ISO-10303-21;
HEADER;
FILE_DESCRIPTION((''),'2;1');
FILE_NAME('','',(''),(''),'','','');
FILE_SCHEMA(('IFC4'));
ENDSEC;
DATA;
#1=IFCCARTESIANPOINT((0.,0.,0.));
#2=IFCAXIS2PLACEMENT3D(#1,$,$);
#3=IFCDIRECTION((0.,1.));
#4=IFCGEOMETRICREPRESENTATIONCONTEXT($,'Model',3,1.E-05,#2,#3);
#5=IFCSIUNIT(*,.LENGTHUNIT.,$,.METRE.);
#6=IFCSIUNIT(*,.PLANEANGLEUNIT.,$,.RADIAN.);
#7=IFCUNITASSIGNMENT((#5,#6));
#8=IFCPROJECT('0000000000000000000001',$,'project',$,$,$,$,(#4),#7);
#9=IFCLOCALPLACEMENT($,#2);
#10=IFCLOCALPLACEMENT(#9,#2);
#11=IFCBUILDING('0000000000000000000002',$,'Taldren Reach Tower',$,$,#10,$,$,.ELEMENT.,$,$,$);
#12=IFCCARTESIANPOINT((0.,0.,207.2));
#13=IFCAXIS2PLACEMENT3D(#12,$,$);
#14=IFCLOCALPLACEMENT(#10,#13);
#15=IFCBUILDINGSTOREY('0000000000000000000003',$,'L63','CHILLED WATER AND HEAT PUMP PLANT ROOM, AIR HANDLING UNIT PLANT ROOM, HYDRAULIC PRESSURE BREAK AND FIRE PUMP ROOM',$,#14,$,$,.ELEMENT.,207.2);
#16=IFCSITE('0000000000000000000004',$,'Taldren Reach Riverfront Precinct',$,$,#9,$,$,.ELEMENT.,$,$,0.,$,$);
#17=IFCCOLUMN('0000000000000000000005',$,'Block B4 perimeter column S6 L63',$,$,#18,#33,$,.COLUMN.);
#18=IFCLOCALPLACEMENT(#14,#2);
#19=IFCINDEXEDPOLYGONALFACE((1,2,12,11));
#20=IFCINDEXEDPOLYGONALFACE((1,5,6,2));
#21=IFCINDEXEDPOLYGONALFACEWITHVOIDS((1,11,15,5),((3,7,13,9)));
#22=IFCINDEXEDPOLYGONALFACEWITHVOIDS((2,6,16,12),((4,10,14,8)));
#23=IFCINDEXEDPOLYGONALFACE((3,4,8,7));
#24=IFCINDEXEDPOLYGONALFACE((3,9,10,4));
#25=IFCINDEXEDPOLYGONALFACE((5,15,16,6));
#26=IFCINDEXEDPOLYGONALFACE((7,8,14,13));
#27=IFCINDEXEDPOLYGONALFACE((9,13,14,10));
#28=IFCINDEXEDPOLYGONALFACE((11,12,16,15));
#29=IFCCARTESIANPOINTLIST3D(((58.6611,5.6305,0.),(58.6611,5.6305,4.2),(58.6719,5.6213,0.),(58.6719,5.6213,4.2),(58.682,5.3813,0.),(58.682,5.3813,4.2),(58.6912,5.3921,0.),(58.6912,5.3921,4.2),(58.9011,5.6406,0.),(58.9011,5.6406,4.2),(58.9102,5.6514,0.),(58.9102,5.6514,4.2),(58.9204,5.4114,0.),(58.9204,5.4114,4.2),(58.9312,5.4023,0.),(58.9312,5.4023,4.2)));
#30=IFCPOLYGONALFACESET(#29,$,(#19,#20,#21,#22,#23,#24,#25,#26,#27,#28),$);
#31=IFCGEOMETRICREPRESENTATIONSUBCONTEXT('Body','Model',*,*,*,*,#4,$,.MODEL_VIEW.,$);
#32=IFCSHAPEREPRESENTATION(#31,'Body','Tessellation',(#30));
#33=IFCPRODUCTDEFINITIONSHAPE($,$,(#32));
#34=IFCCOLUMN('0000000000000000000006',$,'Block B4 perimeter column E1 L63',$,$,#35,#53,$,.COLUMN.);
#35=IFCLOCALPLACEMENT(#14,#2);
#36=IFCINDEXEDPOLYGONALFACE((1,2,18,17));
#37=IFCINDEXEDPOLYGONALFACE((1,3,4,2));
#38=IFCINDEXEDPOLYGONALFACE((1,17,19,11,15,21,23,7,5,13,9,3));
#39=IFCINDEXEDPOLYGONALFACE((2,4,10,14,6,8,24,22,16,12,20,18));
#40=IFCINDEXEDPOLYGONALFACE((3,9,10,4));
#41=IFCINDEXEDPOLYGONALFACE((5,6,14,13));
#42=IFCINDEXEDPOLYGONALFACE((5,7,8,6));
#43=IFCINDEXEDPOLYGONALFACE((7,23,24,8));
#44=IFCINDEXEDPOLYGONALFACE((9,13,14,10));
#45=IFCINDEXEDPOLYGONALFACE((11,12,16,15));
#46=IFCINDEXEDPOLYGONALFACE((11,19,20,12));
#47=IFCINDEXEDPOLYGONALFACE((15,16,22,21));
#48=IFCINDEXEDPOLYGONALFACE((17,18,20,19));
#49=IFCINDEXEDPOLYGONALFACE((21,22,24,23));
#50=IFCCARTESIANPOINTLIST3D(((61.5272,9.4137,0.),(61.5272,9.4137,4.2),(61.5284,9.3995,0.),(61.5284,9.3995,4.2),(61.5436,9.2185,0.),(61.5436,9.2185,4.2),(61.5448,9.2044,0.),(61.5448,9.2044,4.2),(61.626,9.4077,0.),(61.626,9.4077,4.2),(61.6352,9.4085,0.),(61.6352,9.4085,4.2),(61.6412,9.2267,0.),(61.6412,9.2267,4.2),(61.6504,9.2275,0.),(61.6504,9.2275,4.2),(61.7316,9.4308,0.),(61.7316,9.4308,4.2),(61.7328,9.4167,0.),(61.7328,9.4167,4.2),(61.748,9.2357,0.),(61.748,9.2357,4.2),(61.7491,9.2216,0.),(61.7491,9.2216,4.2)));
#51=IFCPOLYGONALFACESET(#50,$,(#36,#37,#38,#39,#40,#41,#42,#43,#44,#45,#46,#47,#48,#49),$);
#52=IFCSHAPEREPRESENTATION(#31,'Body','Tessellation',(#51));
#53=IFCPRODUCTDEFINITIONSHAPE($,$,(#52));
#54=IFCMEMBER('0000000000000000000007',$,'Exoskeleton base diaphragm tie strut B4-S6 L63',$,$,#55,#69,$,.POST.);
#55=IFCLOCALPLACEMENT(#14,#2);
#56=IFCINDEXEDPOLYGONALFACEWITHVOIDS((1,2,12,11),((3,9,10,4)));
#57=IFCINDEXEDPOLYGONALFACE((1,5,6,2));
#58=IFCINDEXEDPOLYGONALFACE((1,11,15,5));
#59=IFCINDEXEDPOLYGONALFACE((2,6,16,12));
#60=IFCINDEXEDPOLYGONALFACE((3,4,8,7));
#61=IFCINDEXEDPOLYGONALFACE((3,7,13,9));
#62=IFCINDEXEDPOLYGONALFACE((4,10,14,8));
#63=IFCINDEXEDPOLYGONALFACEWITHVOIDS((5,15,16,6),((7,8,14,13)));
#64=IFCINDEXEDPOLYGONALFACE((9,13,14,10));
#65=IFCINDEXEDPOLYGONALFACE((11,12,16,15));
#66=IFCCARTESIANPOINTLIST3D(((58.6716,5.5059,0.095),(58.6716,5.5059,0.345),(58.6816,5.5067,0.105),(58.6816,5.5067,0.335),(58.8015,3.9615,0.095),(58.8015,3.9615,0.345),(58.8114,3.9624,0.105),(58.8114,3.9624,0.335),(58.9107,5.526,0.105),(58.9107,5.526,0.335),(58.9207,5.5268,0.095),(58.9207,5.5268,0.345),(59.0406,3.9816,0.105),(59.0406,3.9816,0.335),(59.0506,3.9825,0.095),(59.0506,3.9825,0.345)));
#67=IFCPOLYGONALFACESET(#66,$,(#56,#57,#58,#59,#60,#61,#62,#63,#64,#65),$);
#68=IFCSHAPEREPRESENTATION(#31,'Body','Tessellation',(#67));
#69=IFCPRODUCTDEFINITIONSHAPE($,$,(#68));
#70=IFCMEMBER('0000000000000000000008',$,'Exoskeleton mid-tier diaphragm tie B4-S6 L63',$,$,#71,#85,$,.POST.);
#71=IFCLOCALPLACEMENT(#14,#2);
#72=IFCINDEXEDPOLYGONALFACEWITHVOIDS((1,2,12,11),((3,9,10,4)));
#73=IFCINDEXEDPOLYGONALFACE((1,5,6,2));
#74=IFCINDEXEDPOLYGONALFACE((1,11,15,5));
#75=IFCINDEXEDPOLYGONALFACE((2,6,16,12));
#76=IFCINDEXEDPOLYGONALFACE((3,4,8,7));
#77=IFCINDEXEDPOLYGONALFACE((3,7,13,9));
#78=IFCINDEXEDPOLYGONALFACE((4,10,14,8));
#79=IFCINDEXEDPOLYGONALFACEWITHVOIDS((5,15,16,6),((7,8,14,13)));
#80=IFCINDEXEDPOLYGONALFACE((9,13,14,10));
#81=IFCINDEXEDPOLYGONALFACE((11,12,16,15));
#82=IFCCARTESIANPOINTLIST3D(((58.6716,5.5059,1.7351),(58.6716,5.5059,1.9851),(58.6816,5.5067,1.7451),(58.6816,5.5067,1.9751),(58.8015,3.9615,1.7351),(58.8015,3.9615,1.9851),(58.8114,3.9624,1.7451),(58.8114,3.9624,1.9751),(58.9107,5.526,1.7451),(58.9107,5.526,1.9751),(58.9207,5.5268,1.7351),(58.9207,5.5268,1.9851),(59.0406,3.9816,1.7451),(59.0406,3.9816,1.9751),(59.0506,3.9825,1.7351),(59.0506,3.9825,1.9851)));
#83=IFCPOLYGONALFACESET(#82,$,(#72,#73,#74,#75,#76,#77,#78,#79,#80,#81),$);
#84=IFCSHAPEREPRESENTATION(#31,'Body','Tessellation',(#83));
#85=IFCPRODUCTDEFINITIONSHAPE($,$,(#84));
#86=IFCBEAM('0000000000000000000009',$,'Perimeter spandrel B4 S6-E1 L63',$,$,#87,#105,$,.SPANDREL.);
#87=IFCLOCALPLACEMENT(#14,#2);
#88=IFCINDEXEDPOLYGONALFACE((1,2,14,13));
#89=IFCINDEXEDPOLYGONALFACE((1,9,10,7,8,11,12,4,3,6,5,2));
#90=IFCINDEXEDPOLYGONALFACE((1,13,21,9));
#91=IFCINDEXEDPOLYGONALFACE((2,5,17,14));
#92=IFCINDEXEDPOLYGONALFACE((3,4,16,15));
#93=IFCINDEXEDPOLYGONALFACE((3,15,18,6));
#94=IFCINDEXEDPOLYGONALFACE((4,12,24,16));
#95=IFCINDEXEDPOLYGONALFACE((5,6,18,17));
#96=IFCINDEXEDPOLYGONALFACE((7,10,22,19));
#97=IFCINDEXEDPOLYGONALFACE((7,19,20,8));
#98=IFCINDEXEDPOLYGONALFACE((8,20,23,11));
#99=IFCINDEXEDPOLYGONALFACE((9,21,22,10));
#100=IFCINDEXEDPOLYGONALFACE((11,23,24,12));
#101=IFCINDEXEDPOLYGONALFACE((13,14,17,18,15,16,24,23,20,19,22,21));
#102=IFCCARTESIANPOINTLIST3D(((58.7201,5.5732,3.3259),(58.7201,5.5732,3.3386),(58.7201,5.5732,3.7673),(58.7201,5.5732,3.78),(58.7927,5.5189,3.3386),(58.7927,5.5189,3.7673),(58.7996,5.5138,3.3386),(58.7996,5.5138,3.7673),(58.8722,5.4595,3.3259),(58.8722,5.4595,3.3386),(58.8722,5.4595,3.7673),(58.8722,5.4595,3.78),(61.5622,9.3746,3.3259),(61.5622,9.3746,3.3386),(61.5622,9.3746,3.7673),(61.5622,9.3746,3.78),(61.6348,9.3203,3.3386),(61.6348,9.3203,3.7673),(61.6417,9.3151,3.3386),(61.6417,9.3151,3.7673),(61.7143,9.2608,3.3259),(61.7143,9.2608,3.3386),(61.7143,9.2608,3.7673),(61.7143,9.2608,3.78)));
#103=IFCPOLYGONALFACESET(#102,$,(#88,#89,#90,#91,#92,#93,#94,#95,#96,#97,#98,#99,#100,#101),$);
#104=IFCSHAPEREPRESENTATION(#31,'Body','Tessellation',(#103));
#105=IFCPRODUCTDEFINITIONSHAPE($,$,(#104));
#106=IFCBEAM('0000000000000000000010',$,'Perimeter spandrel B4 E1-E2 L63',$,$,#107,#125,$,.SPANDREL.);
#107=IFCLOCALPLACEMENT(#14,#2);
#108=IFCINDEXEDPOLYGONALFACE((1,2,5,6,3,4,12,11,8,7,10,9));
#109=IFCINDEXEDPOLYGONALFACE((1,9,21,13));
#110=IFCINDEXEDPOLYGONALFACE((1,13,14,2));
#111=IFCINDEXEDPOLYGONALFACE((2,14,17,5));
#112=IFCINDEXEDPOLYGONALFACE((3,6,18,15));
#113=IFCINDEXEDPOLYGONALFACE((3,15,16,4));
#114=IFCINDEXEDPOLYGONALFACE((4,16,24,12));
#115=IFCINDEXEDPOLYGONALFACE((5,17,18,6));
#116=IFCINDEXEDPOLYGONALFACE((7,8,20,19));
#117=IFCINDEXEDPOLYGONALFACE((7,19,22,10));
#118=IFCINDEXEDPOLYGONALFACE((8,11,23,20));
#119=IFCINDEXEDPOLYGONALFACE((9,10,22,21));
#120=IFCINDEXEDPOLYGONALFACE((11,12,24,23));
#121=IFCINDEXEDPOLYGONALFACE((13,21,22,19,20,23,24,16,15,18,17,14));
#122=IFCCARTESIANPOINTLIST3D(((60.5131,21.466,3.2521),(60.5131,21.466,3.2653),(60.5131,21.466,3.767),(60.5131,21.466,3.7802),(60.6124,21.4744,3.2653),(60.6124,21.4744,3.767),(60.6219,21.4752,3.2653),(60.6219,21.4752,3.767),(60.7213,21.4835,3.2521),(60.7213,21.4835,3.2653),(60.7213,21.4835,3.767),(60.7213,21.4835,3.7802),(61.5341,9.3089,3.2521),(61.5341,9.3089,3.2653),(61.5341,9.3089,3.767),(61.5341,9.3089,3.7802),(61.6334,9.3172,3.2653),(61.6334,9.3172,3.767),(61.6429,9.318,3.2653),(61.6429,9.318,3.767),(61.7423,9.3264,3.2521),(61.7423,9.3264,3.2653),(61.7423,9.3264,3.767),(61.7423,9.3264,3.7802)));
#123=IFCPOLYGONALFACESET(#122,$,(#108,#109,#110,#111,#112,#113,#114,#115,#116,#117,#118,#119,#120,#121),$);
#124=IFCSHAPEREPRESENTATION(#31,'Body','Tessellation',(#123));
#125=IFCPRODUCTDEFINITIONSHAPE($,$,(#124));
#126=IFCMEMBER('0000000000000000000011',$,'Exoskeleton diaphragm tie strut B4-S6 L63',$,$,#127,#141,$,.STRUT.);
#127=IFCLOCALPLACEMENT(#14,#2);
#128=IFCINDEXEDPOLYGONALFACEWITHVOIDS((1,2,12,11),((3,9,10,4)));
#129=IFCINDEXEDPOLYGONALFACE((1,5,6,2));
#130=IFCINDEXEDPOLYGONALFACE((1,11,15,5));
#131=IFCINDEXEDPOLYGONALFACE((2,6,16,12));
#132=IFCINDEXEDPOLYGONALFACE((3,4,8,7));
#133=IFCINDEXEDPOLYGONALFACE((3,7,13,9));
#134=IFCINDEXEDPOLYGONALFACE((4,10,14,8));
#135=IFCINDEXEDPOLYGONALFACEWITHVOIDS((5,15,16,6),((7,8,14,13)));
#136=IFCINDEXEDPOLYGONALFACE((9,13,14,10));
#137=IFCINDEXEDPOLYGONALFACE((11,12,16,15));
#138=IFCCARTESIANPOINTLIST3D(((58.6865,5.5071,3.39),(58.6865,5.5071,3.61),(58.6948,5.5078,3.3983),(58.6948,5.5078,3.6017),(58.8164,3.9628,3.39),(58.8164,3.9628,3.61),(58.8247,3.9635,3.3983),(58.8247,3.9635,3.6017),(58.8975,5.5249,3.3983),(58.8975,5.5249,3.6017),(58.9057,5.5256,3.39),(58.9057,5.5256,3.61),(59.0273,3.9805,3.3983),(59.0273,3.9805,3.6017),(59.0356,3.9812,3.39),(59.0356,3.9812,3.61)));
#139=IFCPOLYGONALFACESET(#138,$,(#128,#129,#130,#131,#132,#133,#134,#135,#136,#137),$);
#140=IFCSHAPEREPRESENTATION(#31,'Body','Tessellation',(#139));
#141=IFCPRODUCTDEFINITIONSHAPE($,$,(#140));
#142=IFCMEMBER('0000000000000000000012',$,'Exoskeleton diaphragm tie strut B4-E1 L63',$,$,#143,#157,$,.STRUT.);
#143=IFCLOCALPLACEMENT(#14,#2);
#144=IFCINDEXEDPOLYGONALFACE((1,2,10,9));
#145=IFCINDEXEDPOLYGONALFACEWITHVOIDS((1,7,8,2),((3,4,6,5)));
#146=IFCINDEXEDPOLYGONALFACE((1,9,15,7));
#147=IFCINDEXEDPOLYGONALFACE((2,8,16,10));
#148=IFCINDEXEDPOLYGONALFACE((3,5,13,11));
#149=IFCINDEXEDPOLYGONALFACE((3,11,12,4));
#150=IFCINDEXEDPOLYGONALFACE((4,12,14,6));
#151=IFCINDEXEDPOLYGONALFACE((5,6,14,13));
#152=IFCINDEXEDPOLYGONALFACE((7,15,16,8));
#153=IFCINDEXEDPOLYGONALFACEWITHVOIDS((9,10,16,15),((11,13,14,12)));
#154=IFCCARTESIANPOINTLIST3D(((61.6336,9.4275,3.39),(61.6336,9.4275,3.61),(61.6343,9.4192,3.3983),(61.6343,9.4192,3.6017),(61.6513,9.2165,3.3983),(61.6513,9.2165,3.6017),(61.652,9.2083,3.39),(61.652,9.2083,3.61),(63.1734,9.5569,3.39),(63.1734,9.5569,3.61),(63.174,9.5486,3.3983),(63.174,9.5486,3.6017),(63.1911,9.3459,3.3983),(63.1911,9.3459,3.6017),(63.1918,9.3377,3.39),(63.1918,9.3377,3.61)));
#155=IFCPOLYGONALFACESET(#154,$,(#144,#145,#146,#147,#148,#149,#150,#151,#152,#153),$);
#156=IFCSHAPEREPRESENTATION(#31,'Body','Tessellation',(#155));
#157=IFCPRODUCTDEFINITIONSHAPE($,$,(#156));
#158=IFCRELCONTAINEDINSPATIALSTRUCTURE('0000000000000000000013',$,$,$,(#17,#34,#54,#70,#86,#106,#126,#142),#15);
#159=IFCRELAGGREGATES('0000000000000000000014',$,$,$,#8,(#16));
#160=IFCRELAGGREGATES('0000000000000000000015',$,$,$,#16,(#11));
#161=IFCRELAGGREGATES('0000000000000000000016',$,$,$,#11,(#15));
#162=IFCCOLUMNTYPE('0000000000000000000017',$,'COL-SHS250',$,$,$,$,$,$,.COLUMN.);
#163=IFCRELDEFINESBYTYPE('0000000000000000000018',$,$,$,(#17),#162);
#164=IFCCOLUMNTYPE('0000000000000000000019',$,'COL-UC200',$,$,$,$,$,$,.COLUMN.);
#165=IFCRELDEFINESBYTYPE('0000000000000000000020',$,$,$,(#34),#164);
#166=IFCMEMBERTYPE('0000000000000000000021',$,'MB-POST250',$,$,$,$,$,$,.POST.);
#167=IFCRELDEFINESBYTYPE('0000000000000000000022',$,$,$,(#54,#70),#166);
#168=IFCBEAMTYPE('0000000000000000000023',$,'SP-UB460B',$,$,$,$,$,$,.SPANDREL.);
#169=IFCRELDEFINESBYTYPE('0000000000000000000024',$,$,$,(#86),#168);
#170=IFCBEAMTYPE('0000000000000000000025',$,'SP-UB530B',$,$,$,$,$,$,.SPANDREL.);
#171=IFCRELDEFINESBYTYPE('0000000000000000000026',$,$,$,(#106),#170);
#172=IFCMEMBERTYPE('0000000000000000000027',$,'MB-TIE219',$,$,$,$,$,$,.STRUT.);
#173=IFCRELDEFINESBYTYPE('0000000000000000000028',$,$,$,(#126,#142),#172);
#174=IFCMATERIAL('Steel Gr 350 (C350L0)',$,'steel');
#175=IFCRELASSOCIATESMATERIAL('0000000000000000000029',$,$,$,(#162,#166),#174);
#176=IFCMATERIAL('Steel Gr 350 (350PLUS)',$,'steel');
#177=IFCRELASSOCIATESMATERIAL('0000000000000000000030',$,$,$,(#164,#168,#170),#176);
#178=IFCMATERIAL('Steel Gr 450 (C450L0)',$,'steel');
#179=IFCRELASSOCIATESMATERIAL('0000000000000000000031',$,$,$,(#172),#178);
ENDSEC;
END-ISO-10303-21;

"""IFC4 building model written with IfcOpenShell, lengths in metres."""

from ifc_helpers import new_model, si_unit, direction, frame, origin, origin_2d, place, context, subcontext, project, spatial, hollow_rectangle, i_section, extrude, source, transform, mapped, material, material_profile, profile_set, type_object, element, save


model = new_model("IFC4")

# Units and contexts
model_context = context("Model", 3, precision=1e-05, world=origin(), true_north=direction((0.0, 1.0)))
body_context = subcontext(model_context, "Body", "Model", "MODEL_VIEW")
ifc_project = project(units=[si_unit("LENGTHUNIT", "METRE"), si_unit("PLANEANGLEUNIT", "RADIAN")], contexts=[model_context])

# Site, building, storey
site_placement = place(None, origin())
site = spatial("IfcSite", under=ifc_project, at=site_placement, Name="Taldren Reach Riverfront Precinct", CompositionType="ELEMENT", RefElevation=0.0)
building_placement = place(site_placement, origin())
building = spatial("IfcBuilding", under=site, at=building_placement, Name="Taldren Reach Tower", CompositionType="ELEMENT")
storey_placement = place(building_placement, frame((0.0, 0.0, 207.2)))
storey = spatial("IfcBuildingStorey", under=building, at=storey_placement, Name="L63", Description="CHILLED WATER AND HEAT PUMP PLANT ROOM, AIR HANDLING UNIT PLANT ROOM, HYDRAULIC PRESSURE BREAK AND FIRE PUMP ROOM", CompositionType="ELEMENT", Elevation=207.2)

# Columns
ifc_material_1 = material(Name="Steel Gr 350 (C350L0)", Category="steel")
ifc_material_profile_1 = material_profile(ifc_material_1, hollow_rectangle(XDim=0.25, YDim=0.25, WallThickness=0.01, at=origin_2d()), Name="250x250x10.0SHS")
ifc_profile_set_1 = profile_set([ifc_material_profile_1], Name="Steel Gr 350 (C350L0)")
column_type_1 = type_object("IfcColumnType", Name="COL-SHS250", PredefinedType="COLUMN", material=ifc_profile_set_1)
shared_shape_1 = source(origin(), body_context, "Body", "SweptSolid", [
    extrude(hollow_rectangle(XDim=0.25, YDim=0.25, WallThickness=0.01, at=origin_2d()), origin(), (0.0, 0.0, 1.0), 4.2),
])
column_1_placement = place(storey_placement, frame((58.7961, 5.5164, 0.0), z_axis=(0.0, 0.0, 1.0), x_axis=(0.996493, 0.083678, 0.0)))
element("IfcColumn", 1, at=column_1_placement, inside=storey, type_object=column_type_1, Name="Block B4 perimeter column S6 L63", PredefinedType="COLUMN", context=body_context, shape_type="MappedRepresentation", body=[
    mapped(shared_shape_1, transform((0.0, 0.0, 0.0), scale=1.0)),
])
ifc_material_2 = material(Name="Steel Gr 350 (350PLUS)", Category="steel")
ifc_material_profile_2 = material_profile(ifc_material_2, i_section(OverallWidth=0.2051, OverallDepth=0.21, WebThickness=0.0093, FlangeThickness=0.0142, at=origin_2d()), Name="200UC59.5")
ifc_profile_set_2 = profile_set([ifc_material_profile_2], Name="Steel Gr 350 (350PLUS)")
column_type_2 = type_object("IfcColumnType", Name="COL-UC200", PredefinedType="COLUMN", material=ifc_profile_set_2)
shared_shape_2 = source(origin(), body_context, "Body", "SweptSolid", [
    extrude(i_section(OverallWidth=0.2051, OverallDepth=0.21, WebThickness=0.0093, FlangeThickness=0.0142, at=origin_2d()), origin(), (0.0, 0.0, 1.0), 4.2),
])
column_2_placement = place(storey_placement, frame((61.6382, 9.3176, 0.0), z_axis=(0.0, 0.0, 1.0), x_axis=(0.996493, 0.083678, 0.0)))
element("IfcColumn", 2, at=column_2_placement, inside=storey, type_object=column_type_2, Name="Block B4 perimeter column E1 L63", PredefinedType="COLUMN", context=body_context, shape_type="MappedRepresentation", body=[
    mapped(shared_shape_2, transform((0.0, 0.0, 0.0), scale=1.0)),
])

# Members
ifc_material_profile_3 = material_profile(ifc_material_1, hollow_rectangle(XDim=0.25, YDim=0.25, WallThickness=0.01, at=origin_2d()), Name="250x250x10.0SHS")
ifc_profile_set_3 = profile_set([ifc_material_profile_3], Name="Steel Gr 350 (C350L0)")
member_type_1 = type_object("IfcMemberType", Name="MB-POST250", PredefinedType="POST", material=ifc_profile_set_3)
shared_shape_3 = source(origin(), body_context, "Body", "SweptSolid", [
    extrude(hollow_rectangle(XDim=0.25, YDim=0.25, WallThickness=0.01, at=origin_2d()), origin(), (0.0, 0.0, 1.0), 1.5498),
])
for number, where, z_axis, x_axis, name in (
    (3, (58.7961, 5.5164, 0.22), (0.083802, -0.996482, 0.0), (0.996482, 0.083802, 0.0), "Exoskeleton base diaphragm tie strut B4-S6 L63"),
    (4, (58.7961, 5.5164, 1.8601), (0.083802, -0.996482, 0.0), (0.996482, 0.083802, 0.0), "Exoskeleton mid-tier diaphragm tie B4-S6 L63"),
):
    element("IfcMember", number, at=place(storey_placement, frame(where, z_axis=z_axis, x_axis=x_axis)), inside=storey, type_object=member_type_1, Name=name, PredefinedType="POST", context=body_context, shape_type="MappedRepresentation", body=[
        mapped(shared_shape_3, transform((0.0, 0.0, 0.0), scale=1.0)),
    ])

# Beams
ifc_material_profile_4 = material_profile(ifc_material_2, i_section(OverallWidth=0.1899, OverallDepth=0.4541, WebThickness=0.0085, FlangeThickness=0.0127, at=origin_2d()), Name="460UB67.1")
ifc_profile_set_4 = profile_set([ifc_material_profile_4], Name="Steel Gr 350 (350PLUS)")
beam_type_1 = type_object("IfcBeamType", Name="SP-UB460B", PredefinedType="SPANDREL", material=ifc_profile_set_4)
shared_shape_4 = source(origin(), body_context, "Body", "SweptSolid", [
    extrude(i_section(OverallWidth=0.1899, OverallDepth=0.4541, WebThickness=0.0085, FlangeThickness=0.0127, at=origin_2d()), origin(), (0.0, 0.0, 1.0), 4.7463),
])
beam_1_placement = place(storey_placement, frame((58.7961, 5.5164, 3.553), z_axis=(0.598798, 0.8009, 0.0), x_axis=(-0.8009, 0.598798, 0.0)))
element("IfcBeam", 5, at=beam_1_placement, inside=storey, type_object=beam_type_1, Name="Perimeter spandrel B4 S6-E1 L63", PredefinedType="SPANDREL", context=body_context, shape_type="MappedRepresentation", body=[
    mapped(shared_shape_4, transform((0.0, 0.0, 0.0), scale=1.0)),
])
ifc_material_profile_5 = material_profile(ifc_material_2, i_section(OverallWidth=0.209, OverallDepth=0.5281, WebThickness=0.0095, FlangeThickness=0.0132, at=origin_2d()), Name="530UB82.0")
ifc_profile_set_5 = profile_set([ifc_material_profile_5], Name="Steel Gr 350 (350PLUS)")
beam_type_2 = type_object("IfcBeamType", Name="SP-UB530B", PredefinedType="SPANDREL", material=ifc_profile_set_5)
shared_shape_5 = source(origin(), body_context, "Body", "SweptSolid", [
    extrude(i_section(OverallWidth=0.209, OverallDepth=0.5281, WebThickness=0.0095, FlangeThickness=0.0132, at=origin_2d()), origin(), (0.0, 0.0, 1.0), 12.2),
])
beam_2_placement = place(storey_placement, frame((61.6382, 9.3176, 3.5161), z_axis=(-0.083688, 0.996492, 0.0), x_axis=(-0.996492, -0.083688, 0.0)))
element("IfcBeam", 6, at=beam_2_placement, inside=storey, type_object=beam_type_2, Name="Perimeter spandrel B4 E1-E2 L63", PredefinedType="SPANDREL", context=body_context, shape_type="MappedRepresentation", body=[
    mapped(shared_shape_5, transform((0.0, 0.0, 0.0), scale=1.0)),
])

# Members
ifc_material_3 = material(Name="Steel Gr 450 (C450L0)", Category="steel")
ifc_material_profile_6 = material_profile(ifc_material_3, hollow_rectangle(XDim=0.22, YDim=0.22, WallThickness=0.0083, at=origin_2d()), Name="220x220x8.2SHS")
ifc_profile_set_6 = profile_set([ifc_material_profile_6], Name="Steel Gr 450 (C450L0)")
member_type_2 = type_object("IfcMemberType", Name="MB-TIE219", PredefinedType="STRUT", material=ifc_profile_set_6)
shared_shape_6 = source(origin(), body_context, "Body", "SweptSolid", [
    extrude(hollow_rectangle(XDim=0.22, YDim=0.22, WallThickness=0.0083, at=origin_2d()), origin(), (0.0, 0.0, 1.0), 1.5498),
])
member_1_placement = place(storey_placement, frame((58.7961, 5.5164, 3.5), z_axis=(0.083802, -0.996482, 0.0), x_axis=(0.996482, 0.083802, 0.0)))
element("IfcMember", 7, at=member_1_placement, inside=storey, type_object=member_type_2, Name="Exoskeleton diaphragm tie strut B4-S6 L63", PredefinedType="STRUT", context=body_context, shape_type="MappedRepresentation", body=[
    mapped(shared_shape_6, transform((0.0, 0.0, 0.0), scale=1.0)),
])
shared_shape_7 = source(origin(), body_context, "Body", "SweptSolid", [
    extrude(hollow_rectangle(XDim=0.22, YDim=0.22, WallThickness=0.0083, at=origin_2d()), origin(), (0.0, 0.0, 1.0), 1.5452),
])
member_2_placement = place(storey_placement, frame((61.6428, 9.3179, 3.5), z_axis=(0.996488, 0.083738, 0.0), x_axis=(-0.083738, 0.996488, 0.0)))
element("IfcMember", 8, at=member_2_placement, inside=storey, type_object=member_type_2, Name="Exoskeleton diaphragm tie strut B4-E1 L63", PredefinedType="STRUT", context=body_context, shape_type="MappedRepresentation", body=[
    mapped(shared_shape_7, transform((0.0, 0.0, 0.0), scale=1.0)),
])

save(model, "model.ifc")
